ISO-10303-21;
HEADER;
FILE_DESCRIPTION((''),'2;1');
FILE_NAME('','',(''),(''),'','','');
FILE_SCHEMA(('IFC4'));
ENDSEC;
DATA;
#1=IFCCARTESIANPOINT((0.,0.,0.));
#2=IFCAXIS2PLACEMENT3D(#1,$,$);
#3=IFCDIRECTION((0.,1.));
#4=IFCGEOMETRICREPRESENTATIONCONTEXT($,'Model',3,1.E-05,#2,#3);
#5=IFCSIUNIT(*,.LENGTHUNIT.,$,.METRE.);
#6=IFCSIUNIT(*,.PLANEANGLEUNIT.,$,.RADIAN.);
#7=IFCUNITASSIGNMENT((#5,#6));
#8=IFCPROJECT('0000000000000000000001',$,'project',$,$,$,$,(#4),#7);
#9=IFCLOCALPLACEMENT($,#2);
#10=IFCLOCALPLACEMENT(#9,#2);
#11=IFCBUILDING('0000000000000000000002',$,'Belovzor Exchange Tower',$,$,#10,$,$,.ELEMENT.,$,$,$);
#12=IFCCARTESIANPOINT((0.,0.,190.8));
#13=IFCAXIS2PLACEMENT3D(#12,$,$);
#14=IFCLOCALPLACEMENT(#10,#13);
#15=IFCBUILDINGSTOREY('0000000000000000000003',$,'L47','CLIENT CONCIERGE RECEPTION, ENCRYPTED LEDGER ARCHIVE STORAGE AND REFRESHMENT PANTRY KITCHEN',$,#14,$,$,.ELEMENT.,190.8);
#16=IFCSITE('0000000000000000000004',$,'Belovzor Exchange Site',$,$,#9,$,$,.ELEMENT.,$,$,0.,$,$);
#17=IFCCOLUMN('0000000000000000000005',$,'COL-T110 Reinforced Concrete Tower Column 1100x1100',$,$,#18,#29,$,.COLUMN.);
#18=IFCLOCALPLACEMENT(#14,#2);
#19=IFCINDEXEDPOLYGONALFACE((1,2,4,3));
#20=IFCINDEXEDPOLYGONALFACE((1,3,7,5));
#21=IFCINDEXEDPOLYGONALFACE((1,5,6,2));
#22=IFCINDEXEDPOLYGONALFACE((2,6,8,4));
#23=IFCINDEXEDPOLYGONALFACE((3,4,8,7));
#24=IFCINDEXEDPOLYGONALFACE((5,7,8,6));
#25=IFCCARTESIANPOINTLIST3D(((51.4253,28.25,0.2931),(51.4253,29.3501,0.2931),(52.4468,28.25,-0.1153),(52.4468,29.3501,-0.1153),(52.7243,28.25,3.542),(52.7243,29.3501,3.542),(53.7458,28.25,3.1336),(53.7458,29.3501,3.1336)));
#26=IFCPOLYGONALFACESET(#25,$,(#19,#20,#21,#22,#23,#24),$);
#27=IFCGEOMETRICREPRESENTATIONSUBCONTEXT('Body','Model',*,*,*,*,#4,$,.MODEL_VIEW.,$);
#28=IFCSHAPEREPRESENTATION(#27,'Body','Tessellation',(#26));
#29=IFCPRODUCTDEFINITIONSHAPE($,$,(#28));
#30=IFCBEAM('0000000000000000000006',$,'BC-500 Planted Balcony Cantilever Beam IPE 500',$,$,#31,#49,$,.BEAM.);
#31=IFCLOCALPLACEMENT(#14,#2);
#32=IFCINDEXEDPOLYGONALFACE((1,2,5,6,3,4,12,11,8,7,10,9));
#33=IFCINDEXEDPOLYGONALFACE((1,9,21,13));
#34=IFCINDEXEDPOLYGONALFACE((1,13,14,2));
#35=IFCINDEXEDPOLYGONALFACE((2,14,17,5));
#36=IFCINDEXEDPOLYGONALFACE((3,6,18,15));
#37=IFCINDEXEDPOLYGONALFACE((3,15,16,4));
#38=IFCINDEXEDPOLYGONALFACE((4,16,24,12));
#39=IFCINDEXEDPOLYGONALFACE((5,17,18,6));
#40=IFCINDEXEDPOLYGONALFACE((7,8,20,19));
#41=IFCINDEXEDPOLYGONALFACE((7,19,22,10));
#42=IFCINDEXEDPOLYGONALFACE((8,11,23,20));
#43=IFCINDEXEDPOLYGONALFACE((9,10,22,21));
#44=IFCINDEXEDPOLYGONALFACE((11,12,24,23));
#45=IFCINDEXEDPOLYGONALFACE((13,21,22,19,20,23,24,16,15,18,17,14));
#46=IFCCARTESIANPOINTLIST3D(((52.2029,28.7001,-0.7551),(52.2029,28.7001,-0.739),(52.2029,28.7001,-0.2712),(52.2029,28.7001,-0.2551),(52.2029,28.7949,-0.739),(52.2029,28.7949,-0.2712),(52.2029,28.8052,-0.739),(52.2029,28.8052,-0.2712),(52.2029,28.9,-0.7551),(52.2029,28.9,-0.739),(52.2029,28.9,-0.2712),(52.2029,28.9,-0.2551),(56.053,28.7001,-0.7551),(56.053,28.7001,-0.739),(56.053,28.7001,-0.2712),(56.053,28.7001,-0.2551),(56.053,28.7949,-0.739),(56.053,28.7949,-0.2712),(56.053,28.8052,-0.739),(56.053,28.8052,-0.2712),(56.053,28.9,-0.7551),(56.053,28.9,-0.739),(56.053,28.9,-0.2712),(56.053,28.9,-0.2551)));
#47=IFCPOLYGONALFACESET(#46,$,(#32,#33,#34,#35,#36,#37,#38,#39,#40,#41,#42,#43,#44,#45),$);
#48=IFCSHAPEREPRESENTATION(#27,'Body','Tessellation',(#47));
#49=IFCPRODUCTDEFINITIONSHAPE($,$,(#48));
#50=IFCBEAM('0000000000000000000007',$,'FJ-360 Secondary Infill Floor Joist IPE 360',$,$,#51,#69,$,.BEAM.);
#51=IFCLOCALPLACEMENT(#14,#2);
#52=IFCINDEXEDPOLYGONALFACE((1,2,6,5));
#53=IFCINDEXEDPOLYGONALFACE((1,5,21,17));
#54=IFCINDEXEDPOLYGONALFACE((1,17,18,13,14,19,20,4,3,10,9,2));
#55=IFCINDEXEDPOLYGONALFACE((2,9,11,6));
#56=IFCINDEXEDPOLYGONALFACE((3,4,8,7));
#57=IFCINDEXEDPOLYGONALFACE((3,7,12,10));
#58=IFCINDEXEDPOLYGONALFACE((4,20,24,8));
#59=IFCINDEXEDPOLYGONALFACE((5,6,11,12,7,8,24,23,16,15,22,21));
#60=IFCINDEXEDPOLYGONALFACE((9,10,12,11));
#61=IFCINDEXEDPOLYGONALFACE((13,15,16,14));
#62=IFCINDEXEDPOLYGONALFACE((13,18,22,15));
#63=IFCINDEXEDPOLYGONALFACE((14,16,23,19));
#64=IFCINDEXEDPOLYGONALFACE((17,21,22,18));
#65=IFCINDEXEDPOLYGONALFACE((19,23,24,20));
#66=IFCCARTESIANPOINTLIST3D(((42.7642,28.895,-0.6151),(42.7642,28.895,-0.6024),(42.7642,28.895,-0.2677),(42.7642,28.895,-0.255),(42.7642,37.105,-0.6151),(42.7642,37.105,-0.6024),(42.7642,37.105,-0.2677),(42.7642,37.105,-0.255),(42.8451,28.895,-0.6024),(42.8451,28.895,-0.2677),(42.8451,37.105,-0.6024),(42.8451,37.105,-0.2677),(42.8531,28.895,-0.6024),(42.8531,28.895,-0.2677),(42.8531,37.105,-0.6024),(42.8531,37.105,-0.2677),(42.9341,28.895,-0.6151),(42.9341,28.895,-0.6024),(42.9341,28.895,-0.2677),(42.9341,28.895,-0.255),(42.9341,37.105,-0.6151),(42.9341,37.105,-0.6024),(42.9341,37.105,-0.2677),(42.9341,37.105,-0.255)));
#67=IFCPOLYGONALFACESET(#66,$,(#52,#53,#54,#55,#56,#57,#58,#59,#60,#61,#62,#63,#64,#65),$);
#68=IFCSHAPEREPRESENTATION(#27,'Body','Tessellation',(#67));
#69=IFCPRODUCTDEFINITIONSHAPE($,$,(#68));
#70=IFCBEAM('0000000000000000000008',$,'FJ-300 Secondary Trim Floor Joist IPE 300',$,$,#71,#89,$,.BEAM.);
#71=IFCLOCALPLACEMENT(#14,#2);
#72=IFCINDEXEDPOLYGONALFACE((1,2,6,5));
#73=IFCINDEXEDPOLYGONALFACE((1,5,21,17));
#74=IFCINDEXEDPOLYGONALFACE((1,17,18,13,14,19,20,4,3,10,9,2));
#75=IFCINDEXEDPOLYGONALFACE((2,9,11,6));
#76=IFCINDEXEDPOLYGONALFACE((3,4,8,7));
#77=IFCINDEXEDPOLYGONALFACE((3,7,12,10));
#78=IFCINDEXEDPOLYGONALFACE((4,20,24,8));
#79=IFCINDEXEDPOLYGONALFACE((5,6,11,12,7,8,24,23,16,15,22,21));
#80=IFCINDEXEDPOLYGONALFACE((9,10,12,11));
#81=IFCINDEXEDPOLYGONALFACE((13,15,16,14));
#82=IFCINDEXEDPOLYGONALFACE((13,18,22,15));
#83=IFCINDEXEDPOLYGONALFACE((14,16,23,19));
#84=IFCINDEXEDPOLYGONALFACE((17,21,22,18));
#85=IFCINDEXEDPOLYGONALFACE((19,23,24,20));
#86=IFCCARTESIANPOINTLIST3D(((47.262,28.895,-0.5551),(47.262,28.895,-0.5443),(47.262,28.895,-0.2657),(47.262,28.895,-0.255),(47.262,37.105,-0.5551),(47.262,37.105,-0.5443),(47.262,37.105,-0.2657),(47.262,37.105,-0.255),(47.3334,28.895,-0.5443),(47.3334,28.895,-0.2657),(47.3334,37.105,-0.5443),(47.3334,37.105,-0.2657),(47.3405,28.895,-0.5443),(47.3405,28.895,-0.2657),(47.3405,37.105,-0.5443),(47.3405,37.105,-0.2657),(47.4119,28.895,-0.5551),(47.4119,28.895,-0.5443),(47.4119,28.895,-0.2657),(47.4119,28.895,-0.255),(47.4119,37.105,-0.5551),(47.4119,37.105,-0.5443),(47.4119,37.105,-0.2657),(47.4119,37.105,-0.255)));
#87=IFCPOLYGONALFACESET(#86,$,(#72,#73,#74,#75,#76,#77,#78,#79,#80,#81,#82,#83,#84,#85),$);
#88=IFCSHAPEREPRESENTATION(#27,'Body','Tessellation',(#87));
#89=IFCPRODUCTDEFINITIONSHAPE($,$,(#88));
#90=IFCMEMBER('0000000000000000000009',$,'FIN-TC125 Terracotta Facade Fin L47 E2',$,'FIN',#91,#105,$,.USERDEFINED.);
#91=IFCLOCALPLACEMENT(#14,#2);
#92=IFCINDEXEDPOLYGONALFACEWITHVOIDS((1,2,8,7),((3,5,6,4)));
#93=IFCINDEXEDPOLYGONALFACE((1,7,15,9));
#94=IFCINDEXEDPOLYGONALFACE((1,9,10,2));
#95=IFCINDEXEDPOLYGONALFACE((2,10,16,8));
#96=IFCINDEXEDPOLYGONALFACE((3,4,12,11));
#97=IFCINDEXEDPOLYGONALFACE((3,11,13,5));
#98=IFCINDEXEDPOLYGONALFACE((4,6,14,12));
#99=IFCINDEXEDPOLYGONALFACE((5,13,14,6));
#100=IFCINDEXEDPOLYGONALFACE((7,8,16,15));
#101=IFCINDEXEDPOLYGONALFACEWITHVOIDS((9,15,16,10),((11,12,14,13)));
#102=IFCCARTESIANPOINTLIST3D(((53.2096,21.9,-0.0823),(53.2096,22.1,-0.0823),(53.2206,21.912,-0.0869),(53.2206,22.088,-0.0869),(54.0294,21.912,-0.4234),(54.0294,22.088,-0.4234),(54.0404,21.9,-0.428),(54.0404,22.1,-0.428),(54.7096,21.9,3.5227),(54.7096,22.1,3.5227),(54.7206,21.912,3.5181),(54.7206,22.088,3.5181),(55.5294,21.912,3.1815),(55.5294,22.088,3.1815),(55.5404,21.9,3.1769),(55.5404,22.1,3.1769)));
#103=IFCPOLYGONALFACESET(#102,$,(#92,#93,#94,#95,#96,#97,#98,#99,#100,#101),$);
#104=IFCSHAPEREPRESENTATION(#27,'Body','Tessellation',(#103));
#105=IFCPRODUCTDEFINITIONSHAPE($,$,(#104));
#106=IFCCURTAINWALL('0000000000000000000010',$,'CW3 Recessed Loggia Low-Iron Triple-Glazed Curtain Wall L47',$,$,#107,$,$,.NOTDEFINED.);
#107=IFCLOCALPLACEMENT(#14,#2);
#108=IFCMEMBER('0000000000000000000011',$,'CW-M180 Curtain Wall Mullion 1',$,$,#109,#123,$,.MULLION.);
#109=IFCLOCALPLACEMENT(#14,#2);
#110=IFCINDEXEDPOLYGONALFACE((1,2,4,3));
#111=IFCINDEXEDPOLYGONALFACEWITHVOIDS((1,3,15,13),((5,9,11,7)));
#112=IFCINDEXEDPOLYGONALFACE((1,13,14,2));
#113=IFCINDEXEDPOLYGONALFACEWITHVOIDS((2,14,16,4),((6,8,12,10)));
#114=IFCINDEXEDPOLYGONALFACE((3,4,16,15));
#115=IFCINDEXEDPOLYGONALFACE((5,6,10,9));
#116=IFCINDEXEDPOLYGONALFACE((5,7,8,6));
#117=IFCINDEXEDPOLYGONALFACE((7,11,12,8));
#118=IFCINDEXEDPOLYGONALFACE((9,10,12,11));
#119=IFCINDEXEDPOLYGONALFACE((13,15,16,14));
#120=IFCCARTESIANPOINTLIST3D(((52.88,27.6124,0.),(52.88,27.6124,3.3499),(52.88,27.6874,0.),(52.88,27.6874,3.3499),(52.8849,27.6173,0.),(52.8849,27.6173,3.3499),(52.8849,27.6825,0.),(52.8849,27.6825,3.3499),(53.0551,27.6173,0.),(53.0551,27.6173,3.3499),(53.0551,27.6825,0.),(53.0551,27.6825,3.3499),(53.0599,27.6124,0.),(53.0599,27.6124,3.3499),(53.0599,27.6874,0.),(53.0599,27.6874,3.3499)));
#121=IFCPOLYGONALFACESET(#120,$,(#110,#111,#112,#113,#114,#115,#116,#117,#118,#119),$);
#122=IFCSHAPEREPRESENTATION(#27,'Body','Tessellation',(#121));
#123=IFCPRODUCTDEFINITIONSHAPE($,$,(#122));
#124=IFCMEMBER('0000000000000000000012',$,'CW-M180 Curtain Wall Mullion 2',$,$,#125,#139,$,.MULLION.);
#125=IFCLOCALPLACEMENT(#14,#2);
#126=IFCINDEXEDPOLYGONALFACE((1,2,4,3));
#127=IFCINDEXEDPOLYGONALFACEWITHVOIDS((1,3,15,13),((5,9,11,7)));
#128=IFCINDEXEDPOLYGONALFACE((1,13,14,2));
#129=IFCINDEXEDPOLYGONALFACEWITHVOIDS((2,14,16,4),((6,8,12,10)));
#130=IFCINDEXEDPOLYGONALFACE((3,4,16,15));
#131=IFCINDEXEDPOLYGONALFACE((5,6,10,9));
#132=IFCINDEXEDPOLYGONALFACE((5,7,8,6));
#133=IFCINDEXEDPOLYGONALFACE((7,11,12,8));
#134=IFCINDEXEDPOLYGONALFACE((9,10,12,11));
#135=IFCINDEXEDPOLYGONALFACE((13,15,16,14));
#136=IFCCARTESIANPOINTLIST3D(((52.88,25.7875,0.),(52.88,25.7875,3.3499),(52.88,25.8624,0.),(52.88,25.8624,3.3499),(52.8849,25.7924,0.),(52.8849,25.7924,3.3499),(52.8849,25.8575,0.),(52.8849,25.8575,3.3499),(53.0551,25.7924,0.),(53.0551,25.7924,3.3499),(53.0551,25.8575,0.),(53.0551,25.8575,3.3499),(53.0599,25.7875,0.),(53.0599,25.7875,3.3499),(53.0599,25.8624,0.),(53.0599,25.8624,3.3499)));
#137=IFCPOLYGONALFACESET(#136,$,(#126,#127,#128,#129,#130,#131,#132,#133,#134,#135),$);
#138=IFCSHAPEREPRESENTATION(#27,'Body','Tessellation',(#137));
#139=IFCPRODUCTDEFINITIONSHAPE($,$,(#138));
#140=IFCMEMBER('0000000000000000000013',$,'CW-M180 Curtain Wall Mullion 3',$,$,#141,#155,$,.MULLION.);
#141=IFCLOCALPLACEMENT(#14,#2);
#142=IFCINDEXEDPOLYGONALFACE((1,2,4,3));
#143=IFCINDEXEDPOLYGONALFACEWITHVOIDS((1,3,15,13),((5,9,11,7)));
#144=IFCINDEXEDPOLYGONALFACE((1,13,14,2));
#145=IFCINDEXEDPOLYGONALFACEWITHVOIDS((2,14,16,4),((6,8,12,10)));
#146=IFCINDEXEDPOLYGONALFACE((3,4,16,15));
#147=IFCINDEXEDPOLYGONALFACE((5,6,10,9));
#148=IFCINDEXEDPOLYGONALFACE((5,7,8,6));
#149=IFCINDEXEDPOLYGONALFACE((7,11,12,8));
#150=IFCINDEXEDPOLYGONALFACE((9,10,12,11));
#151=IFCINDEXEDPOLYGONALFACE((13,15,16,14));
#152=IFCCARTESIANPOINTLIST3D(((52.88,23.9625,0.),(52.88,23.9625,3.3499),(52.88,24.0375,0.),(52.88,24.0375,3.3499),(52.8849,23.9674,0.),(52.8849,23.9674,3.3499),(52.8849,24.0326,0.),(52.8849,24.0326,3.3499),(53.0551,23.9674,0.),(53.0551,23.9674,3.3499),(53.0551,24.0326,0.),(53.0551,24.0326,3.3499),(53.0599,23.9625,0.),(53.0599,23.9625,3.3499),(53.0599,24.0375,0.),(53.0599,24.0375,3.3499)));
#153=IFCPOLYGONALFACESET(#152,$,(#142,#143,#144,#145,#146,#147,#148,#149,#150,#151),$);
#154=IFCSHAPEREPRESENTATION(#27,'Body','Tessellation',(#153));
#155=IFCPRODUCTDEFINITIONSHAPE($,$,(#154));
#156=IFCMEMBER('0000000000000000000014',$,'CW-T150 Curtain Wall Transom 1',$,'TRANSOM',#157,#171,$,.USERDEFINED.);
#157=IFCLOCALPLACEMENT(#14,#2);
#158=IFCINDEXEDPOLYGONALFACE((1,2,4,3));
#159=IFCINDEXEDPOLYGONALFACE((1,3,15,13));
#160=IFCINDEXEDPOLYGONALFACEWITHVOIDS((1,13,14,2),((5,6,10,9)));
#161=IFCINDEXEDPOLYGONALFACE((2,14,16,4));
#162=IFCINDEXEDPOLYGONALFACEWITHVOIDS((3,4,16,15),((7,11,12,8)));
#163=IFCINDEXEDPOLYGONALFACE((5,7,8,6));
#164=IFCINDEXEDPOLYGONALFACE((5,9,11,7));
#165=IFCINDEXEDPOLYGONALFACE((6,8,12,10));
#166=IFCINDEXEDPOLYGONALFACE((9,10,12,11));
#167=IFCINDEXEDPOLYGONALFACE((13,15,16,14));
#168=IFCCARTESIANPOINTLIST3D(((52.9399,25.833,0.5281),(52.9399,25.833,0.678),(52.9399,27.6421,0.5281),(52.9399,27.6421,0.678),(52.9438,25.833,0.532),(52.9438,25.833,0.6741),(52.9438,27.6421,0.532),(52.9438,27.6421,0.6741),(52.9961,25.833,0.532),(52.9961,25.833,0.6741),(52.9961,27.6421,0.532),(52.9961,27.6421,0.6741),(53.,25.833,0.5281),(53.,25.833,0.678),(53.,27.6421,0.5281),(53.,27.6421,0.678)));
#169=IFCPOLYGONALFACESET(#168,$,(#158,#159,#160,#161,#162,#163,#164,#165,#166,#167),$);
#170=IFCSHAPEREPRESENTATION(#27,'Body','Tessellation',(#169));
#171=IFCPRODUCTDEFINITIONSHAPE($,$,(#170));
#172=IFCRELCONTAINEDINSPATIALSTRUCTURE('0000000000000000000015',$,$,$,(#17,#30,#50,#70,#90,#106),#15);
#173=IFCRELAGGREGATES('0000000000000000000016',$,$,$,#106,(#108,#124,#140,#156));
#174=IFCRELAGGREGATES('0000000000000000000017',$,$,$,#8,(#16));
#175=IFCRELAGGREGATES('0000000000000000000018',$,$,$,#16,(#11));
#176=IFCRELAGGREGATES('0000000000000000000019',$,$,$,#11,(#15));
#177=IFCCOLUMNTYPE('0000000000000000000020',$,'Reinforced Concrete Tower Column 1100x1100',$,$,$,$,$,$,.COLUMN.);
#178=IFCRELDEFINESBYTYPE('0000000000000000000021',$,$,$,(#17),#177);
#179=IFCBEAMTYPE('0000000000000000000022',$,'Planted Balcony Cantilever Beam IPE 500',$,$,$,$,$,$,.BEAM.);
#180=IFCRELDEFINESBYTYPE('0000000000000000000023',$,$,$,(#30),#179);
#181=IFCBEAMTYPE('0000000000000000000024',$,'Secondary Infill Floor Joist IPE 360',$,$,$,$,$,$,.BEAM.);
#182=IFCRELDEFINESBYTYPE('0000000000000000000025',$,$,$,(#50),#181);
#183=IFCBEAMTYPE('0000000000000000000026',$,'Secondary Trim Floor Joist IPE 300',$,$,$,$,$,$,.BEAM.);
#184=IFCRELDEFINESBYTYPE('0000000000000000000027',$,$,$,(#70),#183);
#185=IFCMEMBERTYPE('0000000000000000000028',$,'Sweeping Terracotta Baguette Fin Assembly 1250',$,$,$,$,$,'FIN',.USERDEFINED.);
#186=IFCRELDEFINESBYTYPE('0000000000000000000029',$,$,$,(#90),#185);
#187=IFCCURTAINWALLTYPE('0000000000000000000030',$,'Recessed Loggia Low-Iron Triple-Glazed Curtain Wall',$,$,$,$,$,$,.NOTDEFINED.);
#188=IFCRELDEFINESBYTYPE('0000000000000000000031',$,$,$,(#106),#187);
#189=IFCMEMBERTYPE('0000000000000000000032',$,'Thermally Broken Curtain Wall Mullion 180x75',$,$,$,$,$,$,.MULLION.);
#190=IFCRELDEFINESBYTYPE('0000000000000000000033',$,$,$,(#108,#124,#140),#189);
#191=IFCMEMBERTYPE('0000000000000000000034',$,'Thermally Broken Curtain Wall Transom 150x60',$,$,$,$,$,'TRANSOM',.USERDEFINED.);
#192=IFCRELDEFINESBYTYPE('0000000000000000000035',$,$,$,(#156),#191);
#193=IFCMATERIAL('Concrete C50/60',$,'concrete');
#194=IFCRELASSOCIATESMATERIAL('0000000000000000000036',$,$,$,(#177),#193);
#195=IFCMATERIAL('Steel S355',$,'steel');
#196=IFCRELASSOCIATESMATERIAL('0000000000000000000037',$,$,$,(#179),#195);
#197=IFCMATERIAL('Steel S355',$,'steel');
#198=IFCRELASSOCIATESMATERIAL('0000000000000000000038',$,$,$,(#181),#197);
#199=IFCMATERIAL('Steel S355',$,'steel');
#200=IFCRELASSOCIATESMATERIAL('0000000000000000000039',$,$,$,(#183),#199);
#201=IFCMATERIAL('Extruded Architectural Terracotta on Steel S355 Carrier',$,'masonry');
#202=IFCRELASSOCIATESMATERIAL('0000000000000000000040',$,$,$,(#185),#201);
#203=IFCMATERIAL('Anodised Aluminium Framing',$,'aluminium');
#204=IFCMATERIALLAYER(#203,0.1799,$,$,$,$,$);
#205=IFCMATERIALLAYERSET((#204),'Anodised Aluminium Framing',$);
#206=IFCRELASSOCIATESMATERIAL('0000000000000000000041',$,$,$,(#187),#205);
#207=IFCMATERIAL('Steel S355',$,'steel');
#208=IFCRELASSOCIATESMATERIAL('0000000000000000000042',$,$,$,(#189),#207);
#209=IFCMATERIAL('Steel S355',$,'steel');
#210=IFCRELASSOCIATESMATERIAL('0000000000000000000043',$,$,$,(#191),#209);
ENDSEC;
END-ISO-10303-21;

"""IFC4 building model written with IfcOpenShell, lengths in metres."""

from ifc_helpers import new_model, si_unit, direction, frame, origin, origin_2d, place, context, subcontext, project, spatial, rectangle, hollow_rectangle, i_section, extrude, material, layer, layer_set, material_profile, profile_set, type_object, element, aggregate, save


model = new_model("IFC4")

# Units and contexts
model_context = context("Model", 3, precision=1e-05, world=origin(), true_north=direction((0.0, 1.0)))
body_context = subcontext(model_context, "Body", "Model", "MODEL_VIEW")
ifc_project = project(units=[si_unit("LENGTHUNIT", "METRE"), si_unit("PLANEANGLEUNIT", "RADIAN")], contexts=[model_context])

# Site, building, storey
site_placement = place(None, origin())
site = spatial("IfcSite", under=ifc_project, at=site_placement, Name="Belovzor Exchange Site", CompositionType="ELEMENT", RefElevation=0.0)
building_placement = place(site_placement, origin())
building = spatial("IfcBuilding", under=site, at=building_placement, Name="Belovzor Exchange Tower", CompositionType="ELEMENT")
storey_placement = place(building_placement, frame((0.0, 0.0, 190.8)))
storey = spatial("IfcBuildingStorey", under=building, at=storey_placement, Name="L47", Description="CLIENT CONCIERGE RECEPTION, ENCRYPTED LEDGER ARCHIVE STORAGE AND REFRESHMENT PANTRY KITCHEN", CompositionType="ELEMENT", Elevation=190.8)

# Column
ifc_material_1 = material(Name="Concrete C50/60", Category="concrete")
ifc_material_profile_1 = material_profile(ifc_material_1, rectangle(XDim=1.1001, YDim=1.1001, at=origin_2d()))
ifc_profile_set_1 = profile_set([ifc_material_profile_1], Name="Concrete C50/60")
column_type = type_object("IfcColumnType", Name="Reinforced Concrete Tower Column 1100x1100", PredefinedType="COLUMN", material=ifc_profile_set_1)
column_placement = place(storey_placement, frame((51.936, 28.8, 0.0889), z_axis=(0.371258, 0.0, 0.92853), x_axis=(0.0, 1.0, 0.0)))
element("IfcColumn", 1, at=column_placement, inside=storey, type_object=column_type, Name="COL-T110 Reinforced Concrete Tower Column 1100x1100", PredefinedType="COLUMN", context=body_context, shape_type="SweptSolid", body=[
    extrude(rectangle(XDim=1.1001, YDim=1.1001, at=origin_2d()), origin(), (0.0, 0.0, 1.0), 3.499),
])

# Beams
ifc_material_2 = material(Name="Steel S355", Category="steel")
ifc_material_profile_2 = material_profile(ifc_material_2, i_section(OverallWidth=0.2, OverallDepth=0.5, WebThickness=0.0103, FlangeThickness=0.0161, at=origin_2d()))
ifc_profile_set_2 = profile_set([ifc_material_profile_2], Name="Steel S355")
beam_type_1 = type_object("IfcBeamType", Name="Planted Balcony Cantilever Beam IPE 500", PredefinedType="BEAM", material=ifc_profile_set_2)
beam_1_placement = place(storey_placement, frame((52.2029, 28.8, -0.5051), z_axis=(1.0, 0.0, 0.0), x_axis=(0.0, 1.0, 0.0)))
element("IfcBeam", 2, at=beam_1_placement, inside=storey, type_object=beam_type_1, Name="BC-500 Planted Balcony Cantilever Beam IPE 500", PredefinedType="BEAM", context=body_context, shape_type="SweptSolid", body=[
    extrude(i_section(OverallWidth=0.2, OverallDepth=0.5, WebThickness=0.0103, FlangeThickness=0.0161, at=origin_2d()), origin(), (0.0, 0.0, 1.0), 3.8501),
])
ifc_material_3 = material(Name="Steel S355", Category="steel")
ifc_material_profile_3 = material_profile(ifc_material_3, i_section(OverallWidth=0.1699, OverallDepth=0.3601, WebThickness=0.0081, FlangeThickness=0.0127, at=origin_2d()))
ifc_profile_set_3 = profile_set([ifc_material_profile_3], Name="Steel S355")
beam_type_2 = type_object("IfcBeamType", Name="Secondary Infill Floor Joist IPE 360", PredefinedType="BEAM", material=ifc_profile_set_3)
beam_2_placement = place(storey_placement, frame((42.8491, 28.895, -0.4351), z_axis=(0.0, 1.0, 0.0), x_axis=(-1.0, 0.0, 0.0)))
element("IfcBeam", 3, at=beam_2_placement, inside=storey, type_object=beam_type_2, Name="FJ-360 Secondary Infill Floor Joist IPE 360", PredefinedType="BEAM", context=body_context, shape_type="SweptSolid", body=[
    extrude(i_section(OverallWidth=0.1699, OverallDepth=0.3601, WebThickness=0.0081, FlangeThickness=0.0127, at=origin_2d()), origin(), (0.0, 0.0, 1.0), 8.21),
])
ifc_material_4 = material(Name="Steel S355", Category="steel")
ifc_material_profile_4 = material_profile(ifc_material_4, i_section(OverallWidth=0.1499, OverallDepth=0.3, WebThickness=0.0071, FlangeThickness=0.0107, at=origin_2d()))
ifc_profile_set_4 = profile_set([ifc_material_profile_4], Name="Steel S355")
beam_type_3 = type_object("IfcBeamType", Name="Secondary Trim Floor Joist IPE 300", PredefinedType="BEAM", material=ifc_profile_set_4)
beam_3_placement = place(storey_placement, frame((47.3369, 28.895, -0.405), z_axis=(0.0, 1.0, 0.0), x_axis=(-1.0, 0.0, 0.0)))
element("IfcBeam", 4, at=beam_3_placement, inside=storey, type_object=beam_type_3, Name="FJ-300 Secondary Trim Floor Joist IPE 300", PredefinedType="BEAM", context=body_context, shape_type="SweptSolid", body=[
    extrude(i_section(OverallWidth=0.1499, OverallDepth=0.3, WebThickness=0.0071, FlangeThickness=0.0107, at=origin_2d()), origin(), (0.0, 0.0, 1.0), 8.21),
])

# Member
ifc_material_5 = material(Name="Extruded Architectural Terracotta on Steel S355 Carrier", Category="masonry")
ifc_material_profile_5 = material_profile(ifc_material_5, hollow_rectangle(XDim=0.2, YDim=0.8999, WallThickness=0.012, at=origin_2d()))
ifc_profile_set_5 = profile_set([ifc_material_profile_5], Name="Extruded Architectural Terracotta on Steel S355 Carrier")
member_type_1 = type_object("IfcMemberType", Name="Sweeping Terracotta Baguette Fin Assembly 1250", ElementType="FIN", PredefinedType="USERDEFINED", material=ifc_profile_set_5)
member_1_placement = place(storey_placement, frame((53.625, 22.0, -0.2551), z_axis=(0.384162, 0.0, 0.923266), x_axis=(0.0, 1.0, 0.0)))
element("IfcMember", 5, at=member_1_placement, inside=storey, type_object=member_type_1, Name="FIN-TC125 Terracotta Facade Fin L47 E2", ObjectType="FIN", PredefinedType="USERDEFINED", context=body_context, shape_type="SweptSolid", body=[
    extrude(hollow_rectangle(XDim=0.2, YDim=0.8999, WallThickness=0.012, at=origin_2d()), origin(), (0.0, 0.0, 1.0), 3.9045),
])

# Curtain wall, members
ifc_material_6 = material(Name="Anodised Aluminium Framing", Category="aluminium")
ifc_layer_1 = layer(ifc_material_6, 0.1799)
ifc_layer_set_1 = layer_set([ifc_layer_1], Name="Anodised Aluminium Framing")
curtain_wall_type = type_object("IfcCurtainWallType", Name="Recessed Loggia Low-Iron Triple-Glazed Curtain Wall", PredefinedType="NOTDEFINED", material=ifc_layer_set_1)
curtain_wall_placement = place(storey_placement, origin())
curtain_wall = element("IfcCurtainWall", 6, at=curtain_wall_placement, inside=storey, type_object=curtain_wall_type, Name="CW3 Recessed Loggia Low-Iron Triple-Glazed Curtain Wall L47", PredefinedType="NOTDEFINED")
ifc_material_7 = material(Name="Steel S355", Category="steel")
ifc_material_profile_6 = material_profile(ifc_material_7, hollow_rectangle(XDim=0.075, YDim=0.1799, WallThickness=0.0049, at=origin_2d()))
ifc_profile_set_6 = profile_set([ifc_material_profile_6], Name="Steel S355")
member_type_2 = type_object("IfcMemberType", Name="Thermally Broken Curtain Wall Mullion 180x75", PredefinedType="MULLION", material=ifc_profile_set_6)
member_2_placement = place(storey_placement, frame((52.97, 27.6499, 0.0), z_axis=(0.0, 0.0, 1.0), x_axis=(0.0, -1.0, 0.0)))
member_2 = element("IfcMember", 7, at=member_2_placement, type_object=member_type_2, Name="CW-M180 Curtain Wall Mullion 1", PredefinedType="MULLION", context=body_context, shape_type="SweptSolid", body=[
    extrude(hollow_rectangle(XDim=0.075, YDim=0.1799, WallThickness=0.0049, at=origin_2d()), origin(), (0.0, 0.0, 1.0), 3.3499),
])
member_3_placement = place(storey_placement, frame((52.97, 25.825, 0.0), z_axis=(0.0, 0.0, 1.0), x_axis=(0.0, -1.0, 0.0)))
member_3 = element("IfcMember", 8, at=member_3_placement, type_object=member_type_2, Name="CW-M180 Curtain Wall Mullion 2", PredefinedType="MULLION", context=body_context, shape_type="SweptSolid", body=[
    extrude(hollow_rectangle(XDim=0.075, YDim=0.1799, WallThickness=0.0049, at=origin_2d()), origin(), (0.0, 0.0, 1.0), 3.3499),
])
member_4_placement = place(storey_placement, frame((52.97, 24.0, 0.0), z_axis=(0.0, 0.0, 1.0), x_axis=(0.0, -1.0, 0.0)))
member_4 = element("IfcMember", 9, at=member_4_placement, type_object=member_type_2, Name="CW-M180 Curtain Wall Mullion 3", PredefinedType="MULLION", context=body_context, shape_type="SweptSolid", body=[
    extrude(hollow_rectangle(XDim=0.075, YDim=0.1799, WallThickness=0.0049, at=origin_2d()), origin(), (0.0, 0.0, 1.0), 3.3499),
])
ifc_material_8 = material(Name="Steel S355", Category="steel")
ifc_material_profile_7 = material_profile(ifc_material_8, hollow_rectangle(XDim=0.0601, YDim=0.1499, WallThickness=0.0039, at=origin_2d()))
ifc_profile_set_7 = profile_set([ifc_material_profile_7], Name="Steel S355")
member_type_3 = type_object("IfcMemberType", Name="Thermally Broken Curtain Wall Transom 150x60", ElementType="TRANSOM", PredefinedType="USERDEFINED", material=ifc_profile_set_7)
member_5_placement = place(storey_placement, frame((52.97, 27.6421, 0.603), z_axis=(0.0, -1.0, 0.0), x_axis=(1.0, 0.0, 0.0)))
member_5 = element("IfcMember", 10, at=member_5_placement, type_object=member_type_3, Name="CW-T150 Curtain Wall Transom 1", ObjectType="TRANSOM", PredefinedType="USERDEFINED", context=body_context, shape_type="SweptSolid", body=[
    extrude(hollow_rectangle(XDim=0.0601, YDim=0.1499, WallThickness=0.0039, at=origin_2d()), origin(), (0.0, 0.0, 1.0), 1.8091),
])

aggregate(curtain_wall, [member_2, member_3, member_4, member_5])

save(model, "model.ifc")
